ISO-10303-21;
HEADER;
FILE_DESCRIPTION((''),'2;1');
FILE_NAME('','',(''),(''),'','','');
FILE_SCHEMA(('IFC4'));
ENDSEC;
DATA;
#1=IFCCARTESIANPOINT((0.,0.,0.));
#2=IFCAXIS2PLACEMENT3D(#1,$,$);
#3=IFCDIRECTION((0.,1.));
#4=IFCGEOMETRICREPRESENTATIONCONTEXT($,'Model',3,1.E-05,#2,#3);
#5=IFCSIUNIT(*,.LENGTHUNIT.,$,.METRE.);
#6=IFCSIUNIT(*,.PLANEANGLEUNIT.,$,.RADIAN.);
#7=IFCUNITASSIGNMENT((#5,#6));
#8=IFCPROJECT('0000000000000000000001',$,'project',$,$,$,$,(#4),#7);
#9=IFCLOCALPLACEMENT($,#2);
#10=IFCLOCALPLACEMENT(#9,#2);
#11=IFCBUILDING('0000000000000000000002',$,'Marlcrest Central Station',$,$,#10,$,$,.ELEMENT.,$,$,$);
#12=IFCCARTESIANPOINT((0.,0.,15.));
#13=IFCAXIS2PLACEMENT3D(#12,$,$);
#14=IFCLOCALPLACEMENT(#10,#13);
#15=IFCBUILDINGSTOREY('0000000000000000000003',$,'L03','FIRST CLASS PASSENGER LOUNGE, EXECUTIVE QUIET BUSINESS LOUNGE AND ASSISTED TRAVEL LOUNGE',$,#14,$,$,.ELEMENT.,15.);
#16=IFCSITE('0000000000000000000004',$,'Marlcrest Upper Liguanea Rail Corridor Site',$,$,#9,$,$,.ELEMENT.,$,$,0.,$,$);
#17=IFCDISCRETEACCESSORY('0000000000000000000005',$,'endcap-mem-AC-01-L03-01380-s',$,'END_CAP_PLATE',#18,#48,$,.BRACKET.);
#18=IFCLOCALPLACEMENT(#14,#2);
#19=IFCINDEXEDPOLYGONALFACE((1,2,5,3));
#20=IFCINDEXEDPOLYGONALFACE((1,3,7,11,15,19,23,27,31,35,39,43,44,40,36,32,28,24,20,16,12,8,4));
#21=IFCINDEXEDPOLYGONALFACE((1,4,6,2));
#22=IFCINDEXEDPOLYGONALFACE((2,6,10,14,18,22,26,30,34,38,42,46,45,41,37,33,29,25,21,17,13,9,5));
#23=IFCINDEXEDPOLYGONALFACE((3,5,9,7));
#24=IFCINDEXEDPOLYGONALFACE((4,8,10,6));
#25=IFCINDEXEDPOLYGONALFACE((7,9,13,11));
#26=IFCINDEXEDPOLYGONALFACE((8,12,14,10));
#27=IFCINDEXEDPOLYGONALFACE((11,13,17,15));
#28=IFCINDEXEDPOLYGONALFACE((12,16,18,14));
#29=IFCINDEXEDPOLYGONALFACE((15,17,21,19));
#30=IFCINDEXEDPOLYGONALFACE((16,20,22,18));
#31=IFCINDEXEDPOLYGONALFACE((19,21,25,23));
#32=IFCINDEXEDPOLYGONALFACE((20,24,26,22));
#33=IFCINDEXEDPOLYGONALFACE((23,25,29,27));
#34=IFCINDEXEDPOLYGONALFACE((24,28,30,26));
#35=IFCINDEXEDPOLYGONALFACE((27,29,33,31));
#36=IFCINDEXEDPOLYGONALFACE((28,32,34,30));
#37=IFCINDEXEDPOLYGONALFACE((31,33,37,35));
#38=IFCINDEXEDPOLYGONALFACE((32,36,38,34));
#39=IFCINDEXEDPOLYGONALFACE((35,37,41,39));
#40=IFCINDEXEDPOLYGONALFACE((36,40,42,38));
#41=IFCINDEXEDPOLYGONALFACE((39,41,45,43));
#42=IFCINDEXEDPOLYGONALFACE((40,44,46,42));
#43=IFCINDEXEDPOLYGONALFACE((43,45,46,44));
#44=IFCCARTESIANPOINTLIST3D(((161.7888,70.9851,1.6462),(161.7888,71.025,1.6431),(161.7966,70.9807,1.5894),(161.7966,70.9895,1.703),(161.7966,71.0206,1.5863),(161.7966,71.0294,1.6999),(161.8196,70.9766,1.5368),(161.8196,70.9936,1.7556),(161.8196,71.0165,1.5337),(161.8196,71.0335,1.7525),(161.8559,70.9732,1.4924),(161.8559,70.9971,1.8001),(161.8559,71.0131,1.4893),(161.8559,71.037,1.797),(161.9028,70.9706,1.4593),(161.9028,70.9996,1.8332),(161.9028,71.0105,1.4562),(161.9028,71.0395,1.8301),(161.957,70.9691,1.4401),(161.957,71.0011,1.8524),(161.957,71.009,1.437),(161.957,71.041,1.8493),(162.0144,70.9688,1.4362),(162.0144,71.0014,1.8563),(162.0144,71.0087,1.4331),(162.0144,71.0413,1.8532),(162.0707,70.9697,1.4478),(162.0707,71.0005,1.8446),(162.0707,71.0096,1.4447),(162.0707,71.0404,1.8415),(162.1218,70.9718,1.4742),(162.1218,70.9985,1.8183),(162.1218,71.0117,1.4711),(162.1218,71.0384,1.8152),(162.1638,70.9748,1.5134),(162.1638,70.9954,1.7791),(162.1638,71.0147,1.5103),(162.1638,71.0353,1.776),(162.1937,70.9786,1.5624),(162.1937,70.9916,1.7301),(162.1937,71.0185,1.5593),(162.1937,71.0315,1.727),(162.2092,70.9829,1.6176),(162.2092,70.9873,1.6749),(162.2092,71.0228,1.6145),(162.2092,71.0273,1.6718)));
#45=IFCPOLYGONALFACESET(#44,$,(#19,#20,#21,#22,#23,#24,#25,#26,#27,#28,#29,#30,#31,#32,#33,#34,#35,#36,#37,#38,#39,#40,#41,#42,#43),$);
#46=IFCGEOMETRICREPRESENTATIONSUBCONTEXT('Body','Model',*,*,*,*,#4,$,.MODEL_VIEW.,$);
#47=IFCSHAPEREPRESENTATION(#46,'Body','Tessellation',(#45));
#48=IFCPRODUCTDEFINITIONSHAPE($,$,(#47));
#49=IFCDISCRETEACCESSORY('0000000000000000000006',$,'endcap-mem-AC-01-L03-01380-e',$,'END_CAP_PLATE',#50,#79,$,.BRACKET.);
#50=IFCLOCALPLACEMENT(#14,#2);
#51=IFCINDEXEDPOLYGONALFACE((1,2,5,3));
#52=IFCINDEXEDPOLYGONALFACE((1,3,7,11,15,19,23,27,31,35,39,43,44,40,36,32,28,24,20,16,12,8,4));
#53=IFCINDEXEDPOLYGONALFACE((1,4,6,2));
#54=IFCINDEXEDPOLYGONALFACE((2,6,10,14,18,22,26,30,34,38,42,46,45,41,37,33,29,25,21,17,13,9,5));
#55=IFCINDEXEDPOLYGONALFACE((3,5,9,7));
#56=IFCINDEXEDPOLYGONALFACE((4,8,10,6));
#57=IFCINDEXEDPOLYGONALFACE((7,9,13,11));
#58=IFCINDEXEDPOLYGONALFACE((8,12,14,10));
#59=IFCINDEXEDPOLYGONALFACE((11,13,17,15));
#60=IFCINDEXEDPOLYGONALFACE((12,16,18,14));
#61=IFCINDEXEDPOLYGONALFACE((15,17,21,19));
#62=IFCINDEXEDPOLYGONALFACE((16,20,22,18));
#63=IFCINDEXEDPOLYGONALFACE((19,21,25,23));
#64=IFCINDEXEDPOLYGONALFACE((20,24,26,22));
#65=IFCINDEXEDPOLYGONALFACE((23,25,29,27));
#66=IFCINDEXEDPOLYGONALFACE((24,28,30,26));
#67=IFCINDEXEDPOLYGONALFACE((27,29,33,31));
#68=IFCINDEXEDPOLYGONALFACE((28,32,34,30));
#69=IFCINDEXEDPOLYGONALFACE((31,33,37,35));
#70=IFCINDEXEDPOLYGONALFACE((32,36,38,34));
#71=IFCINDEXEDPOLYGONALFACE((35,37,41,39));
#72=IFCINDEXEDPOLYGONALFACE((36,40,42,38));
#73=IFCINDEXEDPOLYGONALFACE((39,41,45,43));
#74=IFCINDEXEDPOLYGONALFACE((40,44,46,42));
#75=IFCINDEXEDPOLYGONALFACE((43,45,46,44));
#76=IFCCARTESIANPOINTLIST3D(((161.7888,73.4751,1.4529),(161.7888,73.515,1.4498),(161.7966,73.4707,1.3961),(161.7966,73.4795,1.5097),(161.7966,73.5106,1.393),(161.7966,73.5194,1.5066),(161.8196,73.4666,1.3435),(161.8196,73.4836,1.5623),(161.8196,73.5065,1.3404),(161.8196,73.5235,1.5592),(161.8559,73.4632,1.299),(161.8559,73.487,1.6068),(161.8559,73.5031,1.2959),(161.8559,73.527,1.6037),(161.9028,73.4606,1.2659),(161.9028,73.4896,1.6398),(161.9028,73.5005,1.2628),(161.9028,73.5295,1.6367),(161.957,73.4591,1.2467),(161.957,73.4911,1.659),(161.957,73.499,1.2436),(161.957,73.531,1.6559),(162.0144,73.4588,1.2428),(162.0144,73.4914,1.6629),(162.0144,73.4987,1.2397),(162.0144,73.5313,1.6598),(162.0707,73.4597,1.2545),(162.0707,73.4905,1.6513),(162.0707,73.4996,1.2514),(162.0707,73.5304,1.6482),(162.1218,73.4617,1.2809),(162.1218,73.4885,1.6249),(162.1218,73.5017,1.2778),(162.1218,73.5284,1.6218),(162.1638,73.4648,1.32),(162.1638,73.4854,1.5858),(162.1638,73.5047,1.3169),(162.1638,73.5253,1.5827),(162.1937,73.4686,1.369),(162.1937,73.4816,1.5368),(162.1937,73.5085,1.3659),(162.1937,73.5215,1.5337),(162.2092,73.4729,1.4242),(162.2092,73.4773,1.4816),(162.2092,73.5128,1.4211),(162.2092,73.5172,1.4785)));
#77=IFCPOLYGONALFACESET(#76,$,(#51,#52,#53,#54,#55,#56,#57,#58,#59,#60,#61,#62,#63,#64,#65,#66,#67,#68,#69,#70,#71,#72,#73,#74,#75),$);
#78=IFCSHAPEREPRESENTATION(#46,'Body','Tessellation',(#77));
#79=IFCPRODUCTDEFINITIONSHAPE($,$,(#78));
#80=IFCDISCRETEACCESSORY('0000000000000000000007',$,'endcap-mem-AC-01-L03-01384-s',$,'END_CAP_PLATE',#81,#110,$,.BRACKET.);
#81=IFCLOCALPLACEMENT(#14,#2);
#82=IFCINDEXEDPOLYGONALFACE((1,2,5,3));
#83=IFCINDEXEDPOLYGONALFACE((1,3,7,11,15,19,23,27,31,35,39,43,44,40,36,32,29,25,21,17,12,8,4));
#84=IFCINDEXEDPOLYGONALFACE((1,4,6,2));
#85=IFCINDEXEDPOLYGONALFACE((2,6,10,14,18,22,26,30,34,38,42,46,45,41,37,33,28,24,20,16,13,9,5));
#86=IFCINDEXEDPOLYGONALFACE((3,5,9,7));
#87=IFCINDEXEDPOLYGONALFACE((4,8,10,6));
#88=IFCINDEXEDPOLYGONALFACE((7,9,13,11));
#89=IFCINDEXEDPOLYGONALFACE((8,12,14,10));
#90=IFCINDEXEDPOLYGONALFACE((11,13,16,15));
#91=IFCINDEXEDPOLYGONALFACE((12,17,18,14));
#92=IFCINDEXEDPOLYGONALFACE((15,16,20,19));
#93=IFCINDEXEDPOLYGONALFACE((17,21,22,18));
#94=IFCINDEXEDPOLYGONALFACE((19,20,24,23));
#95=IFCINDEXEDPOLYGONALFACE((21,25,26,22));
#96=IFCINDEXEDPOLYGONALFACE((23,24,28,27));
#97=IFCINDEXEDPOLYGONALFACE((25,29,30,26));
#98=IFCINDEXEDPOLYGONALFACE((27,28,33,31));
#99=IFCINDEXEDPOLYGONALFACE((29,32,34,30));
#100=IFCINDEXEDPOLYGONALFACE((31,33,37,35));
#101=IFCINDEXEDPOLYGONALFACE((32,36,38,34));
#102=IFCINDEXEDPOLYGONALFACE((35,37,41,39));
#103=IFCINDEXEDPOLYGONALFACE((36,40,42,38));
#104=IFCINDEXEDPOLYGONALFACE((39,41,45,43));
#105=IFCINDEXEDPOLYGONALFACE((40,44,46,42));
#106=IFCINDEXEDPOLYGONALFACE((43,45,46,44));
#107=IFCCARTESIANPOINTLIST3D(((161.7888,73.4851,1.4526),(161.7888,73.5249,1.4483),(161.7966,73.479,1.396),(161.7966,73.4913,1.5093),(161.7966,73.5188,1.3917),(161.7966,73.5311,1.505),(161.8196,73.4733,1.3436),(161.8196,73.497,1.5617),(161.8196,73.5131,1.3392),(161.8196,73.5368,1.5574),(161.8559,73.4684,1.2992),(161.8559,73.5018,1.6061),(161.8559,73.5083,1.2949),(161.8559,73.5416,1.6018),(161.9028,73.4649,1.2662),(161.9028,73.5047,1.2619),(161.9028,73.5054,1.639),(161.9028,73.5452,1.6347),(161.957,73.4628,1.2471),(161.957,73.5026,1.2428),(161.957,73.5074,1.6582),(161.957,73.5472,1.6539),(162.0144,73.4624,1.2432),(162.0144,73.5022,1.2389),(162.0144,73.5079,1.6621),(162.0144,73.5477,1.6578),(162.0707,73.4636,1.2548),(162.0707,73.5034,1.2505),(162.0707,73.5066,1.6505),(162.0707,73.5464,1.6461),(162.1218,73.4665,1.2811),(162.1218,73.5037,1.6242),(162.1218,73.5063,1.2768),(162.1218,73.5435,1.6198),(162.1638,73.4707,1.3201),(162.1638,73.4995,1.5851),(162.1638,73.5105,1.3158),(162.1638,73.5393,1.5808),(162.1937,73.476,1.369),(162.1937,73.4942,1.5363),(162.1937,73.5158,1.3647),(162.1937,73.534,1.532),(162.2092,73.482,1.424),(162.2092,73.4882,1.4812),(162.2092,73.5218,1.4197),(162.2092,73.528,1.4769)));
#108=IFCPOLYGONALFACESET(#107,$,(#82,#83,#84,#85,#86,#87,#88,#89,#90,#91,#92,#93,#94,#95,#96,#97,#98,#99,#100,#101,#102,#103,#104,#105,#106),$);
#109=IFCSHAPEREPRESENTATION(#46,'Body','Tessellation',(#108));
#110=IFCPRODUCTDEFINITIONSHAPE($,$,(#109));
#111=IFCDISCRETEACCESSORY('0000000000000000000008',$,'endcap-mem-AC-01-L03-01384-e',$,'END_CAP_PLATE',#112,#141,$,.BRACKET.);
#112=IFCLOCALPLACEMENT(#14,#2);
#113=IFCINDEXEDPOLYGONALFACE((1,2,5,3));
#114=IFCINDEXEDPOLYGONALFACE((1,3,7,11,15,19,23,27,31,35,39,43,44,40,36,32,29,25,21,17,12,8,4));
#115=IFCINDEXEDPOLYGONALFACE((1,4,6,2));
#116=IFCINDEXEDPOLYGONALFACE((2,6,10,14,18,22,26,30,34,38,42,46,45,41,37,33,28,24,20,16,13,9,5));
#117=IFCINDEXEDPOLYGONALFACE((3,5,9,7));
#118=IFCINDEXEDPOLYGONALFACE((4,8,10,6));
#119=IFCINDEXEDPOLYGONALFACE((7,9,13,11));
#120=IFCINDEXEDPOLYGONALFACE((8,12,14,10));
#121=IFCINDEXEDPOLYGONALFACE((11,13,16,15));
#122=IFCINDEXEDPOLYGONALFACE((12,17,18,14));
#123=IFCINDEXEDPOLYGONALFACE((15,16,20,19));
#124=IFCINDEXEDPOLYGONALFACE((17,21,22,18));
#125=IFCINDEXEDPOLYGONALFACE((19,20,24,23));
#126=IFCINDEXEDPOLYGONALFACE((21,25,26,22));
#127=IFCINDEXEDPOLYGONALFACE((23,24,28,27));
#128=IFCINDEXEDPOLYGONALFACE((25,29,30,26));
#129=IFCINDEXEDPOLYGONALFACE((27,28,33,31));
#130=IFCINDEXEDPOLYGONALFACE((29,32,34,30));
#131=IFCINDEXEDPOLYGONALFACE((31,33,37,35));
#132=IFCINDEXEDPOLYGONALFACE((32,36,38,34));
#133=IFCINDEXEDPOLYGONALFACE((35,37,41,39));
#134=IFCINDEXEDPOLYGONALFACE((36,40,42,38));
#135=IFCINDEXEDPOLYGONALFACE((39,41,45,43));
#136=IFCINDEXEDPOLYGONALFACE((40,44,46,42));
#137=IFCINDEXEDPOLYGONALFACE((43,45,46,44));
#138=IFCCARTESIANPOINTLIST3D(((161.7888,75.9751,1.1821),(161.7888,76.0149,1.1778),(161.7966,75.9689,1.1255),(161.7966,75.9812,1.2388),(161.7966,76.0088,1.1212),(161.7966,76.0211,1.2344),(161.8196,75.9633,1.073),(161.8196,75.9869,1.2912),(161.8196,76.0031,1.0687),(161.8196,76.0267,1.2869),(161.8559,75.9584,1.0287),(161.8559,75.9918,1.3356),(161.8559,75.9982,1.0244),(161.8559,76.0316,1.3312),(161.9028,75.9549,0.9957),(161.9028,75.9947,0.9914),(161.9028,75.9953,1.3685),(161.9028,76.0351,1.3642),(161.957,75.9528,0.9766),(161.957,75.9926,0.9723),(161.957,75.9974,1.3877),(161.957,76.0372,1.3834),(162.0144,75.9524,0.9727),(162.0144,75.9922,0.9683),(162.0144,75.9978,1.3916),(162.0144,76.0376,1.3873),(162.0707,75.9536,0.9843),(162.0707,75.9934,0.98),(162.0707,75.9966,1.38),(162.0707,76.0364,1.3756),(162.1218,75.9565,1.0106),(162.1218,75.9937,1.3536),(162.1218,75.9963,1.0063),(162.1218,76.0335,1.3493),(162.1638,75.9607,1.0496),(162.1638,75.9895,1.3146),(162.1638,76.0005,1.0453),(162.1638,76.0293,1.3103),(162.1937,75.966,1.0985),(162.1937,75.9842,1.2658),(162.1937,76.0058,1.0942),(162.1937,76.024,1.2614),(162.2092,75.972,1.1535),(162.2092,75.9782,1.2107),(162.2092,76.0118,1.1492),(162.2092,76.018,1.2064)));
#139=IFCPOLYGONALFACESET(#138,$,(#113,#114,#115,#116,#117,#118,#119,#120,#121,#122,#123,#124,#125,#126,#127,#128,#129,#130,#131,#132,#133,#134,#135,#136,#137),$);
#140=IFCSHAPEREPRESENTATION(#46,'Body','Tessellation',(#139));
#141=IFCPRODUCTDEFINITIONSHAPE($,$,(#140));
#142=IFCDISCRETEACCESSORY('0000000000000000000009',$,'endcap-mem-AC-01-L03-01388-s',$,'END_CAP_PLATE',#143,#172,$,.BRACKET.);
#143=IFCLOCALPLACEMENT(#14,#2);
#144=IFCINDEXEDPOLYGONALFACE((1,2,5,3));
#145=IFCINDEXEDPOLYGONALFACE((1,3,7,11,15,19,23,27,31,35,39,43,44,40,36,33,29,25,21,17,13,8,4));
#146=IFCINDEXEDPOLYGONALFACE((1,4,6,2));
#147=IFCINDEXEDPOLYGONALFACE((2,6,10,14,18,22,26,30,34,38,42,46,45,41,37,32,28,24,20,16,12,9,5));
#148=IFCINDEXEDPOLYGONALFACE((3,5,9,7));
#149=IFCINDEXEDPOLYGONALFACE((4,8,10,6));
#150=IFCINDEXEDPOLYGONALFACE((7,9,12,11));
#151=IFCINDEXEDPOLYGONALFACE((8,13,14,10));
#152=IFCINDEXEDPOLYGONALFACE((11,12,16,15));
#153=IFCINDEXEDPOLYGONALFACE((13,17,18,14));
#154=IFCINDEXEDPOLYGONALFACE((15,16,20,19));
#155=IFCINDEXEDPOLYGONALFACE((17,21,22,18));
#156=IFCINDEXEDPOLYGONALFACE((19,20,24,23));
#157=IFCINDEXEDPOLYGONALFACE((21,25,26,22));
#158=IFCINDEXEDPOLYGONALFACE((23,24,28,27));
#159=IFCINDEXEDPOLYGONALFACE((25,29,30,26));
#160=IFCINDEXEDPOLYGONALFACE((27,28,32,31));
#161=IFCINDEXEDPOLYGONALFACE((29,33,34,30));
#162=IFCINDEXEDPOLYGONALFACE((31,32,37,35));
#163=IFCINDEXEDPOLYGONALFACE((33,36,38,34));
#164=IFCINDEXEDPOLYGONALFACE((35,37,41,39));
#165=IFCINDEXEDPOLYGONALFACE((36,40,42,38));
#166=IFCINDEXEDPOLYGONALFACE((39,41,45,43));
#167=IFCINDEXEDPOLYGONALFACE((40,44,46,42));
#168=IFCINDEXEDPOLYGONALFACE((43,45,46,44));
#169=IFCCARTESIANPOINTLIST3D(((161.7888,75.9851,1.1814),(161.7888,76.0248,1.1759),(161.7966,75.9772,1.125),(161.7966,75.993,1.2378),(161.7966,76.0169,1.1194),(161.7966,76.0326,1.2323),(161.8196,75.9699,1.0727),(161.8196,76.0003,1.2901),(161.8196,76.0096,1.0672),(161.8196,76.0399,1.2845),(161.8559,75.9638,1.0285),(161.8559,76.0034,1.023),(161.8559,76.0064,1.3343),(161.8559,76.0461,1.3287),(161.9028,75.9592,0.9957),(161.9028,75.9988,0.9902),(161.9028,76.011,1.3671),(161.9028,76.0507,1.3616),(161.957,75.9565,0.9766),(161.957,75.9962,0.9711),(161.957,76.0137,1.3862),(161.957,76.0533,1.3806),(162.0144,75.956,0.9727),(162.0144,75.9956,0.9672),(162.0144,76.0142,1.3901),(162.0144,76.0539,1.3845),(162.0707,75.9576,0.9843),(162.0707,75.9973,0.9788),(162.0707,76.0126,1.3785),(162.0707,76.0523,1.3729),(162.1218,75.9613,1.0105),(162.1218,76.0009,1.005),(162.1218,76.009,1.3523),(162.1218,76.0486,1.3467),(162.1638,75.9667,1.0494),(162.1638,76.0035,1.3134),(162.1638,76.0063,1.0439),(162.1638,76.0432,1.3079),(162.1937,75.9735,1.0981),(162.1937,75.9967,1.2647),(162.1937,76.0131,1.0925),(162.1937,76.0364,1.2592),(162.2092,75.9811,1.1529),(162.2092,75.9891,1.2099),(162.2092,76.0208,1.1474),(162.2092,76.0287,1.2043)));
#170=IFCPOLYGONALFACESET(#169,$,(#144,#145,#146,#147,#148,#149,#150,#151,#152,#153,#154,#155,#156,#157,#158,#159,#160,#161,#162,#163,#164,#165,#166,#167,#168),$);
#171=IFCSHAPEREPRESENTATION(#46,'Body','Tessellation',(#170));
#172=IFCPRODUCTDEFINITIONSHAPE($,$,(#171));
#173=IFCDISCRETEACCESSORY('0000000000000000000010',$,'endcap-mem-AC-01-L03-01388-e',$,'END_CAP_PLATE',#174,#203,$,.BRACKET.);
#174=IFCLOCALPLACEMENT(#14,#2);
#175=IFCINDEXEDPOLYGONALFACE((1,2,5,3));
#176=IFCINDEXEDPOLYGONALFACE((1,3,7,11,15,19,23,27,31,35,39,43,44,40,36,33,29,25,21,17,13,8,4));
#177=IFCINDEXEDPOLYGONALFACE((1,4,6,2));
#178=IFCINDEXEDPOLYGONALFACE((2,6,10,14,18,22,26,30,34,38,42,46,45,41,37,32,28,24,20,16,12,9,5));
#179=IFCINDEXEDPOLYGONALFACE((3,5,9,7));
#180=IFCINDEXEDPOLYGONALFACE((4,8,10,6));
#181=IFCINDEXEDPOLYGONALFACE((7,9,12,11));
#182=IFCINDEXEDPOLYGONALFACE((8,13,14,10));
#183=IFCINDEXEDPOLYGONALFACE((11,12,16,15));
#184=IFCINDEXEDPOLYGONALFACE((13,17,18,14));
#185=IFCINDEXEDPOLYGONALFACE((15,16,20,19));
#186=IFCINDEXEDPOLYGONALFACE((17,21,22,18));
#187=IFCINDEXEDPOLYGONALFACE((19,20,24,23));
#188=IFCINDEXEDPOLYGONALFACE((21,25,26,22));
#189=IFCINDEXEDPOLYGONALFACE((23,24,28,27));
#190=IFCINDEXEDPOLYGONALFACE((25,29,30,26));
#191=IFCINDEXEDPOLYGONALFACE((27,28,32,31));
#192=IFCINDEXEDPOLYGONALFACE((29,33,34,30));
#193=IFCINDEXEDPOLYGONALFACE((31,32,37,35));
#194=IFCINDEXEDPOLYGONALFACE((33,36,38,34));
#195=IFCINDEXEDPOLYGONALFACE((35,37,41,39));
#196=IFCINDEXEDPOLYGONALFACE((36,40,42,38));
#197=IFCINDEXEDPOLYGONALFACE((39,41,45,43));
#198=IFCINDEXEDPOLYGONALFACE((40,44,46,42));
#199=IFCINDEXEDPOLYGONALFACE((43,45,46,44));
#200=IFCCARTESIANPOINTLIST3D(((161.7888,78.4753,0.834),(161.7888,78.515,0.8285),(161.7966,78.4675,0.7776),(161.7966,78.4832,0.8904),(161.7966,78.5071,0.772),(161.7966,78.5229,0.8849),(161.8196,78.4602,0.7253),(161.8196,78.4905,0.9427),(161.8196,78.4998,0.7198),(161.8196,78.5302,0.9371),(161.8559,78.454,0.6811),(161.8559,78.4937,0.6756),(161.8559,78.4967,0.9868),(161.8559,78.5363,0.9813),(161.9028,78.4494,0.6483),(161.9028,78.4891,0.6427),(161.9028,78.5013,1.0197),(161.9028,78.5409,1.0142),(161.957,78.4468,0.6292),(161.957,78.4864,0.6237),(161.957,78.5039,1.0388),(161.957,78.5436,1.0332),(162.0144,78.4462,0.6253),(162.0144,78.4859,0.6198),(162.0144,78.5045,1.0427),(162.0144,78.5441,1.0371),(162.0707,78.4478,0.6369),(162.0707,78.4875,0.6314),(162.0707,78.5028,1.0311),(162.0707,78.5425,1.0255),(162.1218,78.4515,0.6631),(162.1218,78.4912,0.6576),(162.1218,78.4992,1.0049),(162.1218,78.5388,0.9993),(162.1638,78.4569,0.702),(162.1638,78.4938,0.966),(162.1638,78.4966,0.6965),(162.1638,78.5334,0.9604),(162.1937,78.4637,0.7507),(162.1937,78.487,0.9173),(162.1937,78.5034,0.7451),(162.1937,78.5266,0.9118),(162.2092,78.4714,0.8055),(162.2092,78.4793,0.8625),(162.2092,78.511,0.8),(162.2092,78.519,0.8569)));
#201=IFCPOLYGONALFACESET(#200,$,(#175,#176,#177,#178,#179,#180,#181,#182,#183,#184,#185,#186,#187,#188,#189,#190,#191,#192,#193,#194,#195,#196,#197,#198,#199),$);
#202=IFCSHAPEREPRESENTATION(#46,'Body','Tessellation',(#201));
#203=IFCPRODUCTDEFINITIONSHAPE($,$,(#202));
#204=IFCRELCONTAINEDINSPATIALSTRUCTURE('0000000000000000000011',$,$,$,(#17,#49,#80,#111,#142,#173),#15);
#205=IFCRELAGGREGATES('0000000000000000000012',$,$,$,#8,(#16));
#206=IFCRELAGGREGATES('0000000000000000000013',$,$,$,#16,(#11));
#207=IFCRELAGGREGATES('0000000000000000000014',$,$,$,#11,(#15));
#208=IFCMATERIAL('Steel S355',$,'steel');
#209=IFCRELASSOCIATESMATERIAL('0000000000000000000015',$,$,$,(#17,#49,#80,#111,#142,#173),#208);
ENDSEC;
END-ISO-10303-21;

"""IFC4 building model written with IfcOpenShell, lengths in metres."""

from ifc_helpers import new_model, si_unit, direction, frame, origin, origin_2d, place, context, subcontext, project, spatial, circle, extrude, material, element, save


model = new_model("IFC4")

# Units and contexts
model_context = context("Model", 3, precision=1e-05, world=origin(), true_north=direction((0.0, 1.0)))
body_context = subcontext(model_context, "Body", "Model", "MODEL_VIEW")
ifc_project = project(units=[si_unit("LENGTHUNIT", "METRE"), si_unit("PLANEANGLEUNIT", "RADIAN")], contexts=[model_context])

# Site, building, storey
site_placement = place(None, origin())
site = spatial("IfcSite", under=ifc_project, at=site_placement, Name="Marlcrest Upper Liguanea Rail Corridor Site", CompositionType="ELEMENT", RefElevation=0.0)
building_placement = place(site_placement, origin())
building = spatial("IfcBuilding", under=site, at=building_placement, Name="Marlcrest Central Station", CompositionType="ELEMENT")
storey_placement = place(building_placement, frame((0.0, 0.0, 15.0)))
storey = spatial("IfcBuildingStorey", under=building, at=storey_placement, Name="L03", Description="FIRST CLASS PASSENGER LOUNGE, EXECUTIVE QUIET BUSINESS LOUNGE AND ASSISTED TRAVEL LOUNGE", CompositionType="ELEMENT", Elevation=15.0)

# Shared definitions
ifc_material_1 = material(Name="Steel S355", Category="steel")

# Discrete accessories
for number, where, z_axis, x_axis, name in (
    (1, (162.0, 70.9851, 1.6462), (0.0, 0.997, -0.077404), (-1.0, 0.0, 0.0), "endcap-mem-AC-01-L03-01380-s"),
    (2, (162.0, 73.4751, 1.4529), (0.0, 0.997, -0.077404), (-1.0, 0.0, 0.0), "endcap-mem-AC-01-L03-01380-e"),
    (3, (162.0, 73.4851, 1.4526), (0.0, 0.994155, -0.107959), (-1.0, 0.0, 0.0), "endcap-mem-AC-01-L03-01384-s"),
    (4, (162.0, 75.9751, 1.1821), (0.0, 0.994155, -0.107959), (-1.0, 0.0, 0.0), "endcap-mem-AC-01-L03-01384-e"),
    (5, (162.0, 75.9851, 1.1814), (0.0, 0.990403, -0.138211), (-1.0, 0.0, 0.0), "endcap-mem-AC-01-L03-01388-s"),
    (6, (162.0, 78.4753, 0.834), (0.0, 0.990403, -0.138211), (-1.0, 0.0, 0.0), "endcap-mem-AC-01-L03-01388-e"),
):
    element("IfcDiscreteAccessory", number, at=place(storey_placement, frame(where, z_axis=z_axis, x_axis=x_axis)), inside=storey, material=ifc_material_1, Name=name, ObjectType="END_CAP_PLATE", PredefinedType="BRACKET", context=body_context, shape_type="SweptSolid", body=[
        extrude(circle(Radius=0.2112, at=origin_2d()), origin(), (0.0, 0.0, 1.0), 0.04),
    ])

save(model, "model.ifc")
